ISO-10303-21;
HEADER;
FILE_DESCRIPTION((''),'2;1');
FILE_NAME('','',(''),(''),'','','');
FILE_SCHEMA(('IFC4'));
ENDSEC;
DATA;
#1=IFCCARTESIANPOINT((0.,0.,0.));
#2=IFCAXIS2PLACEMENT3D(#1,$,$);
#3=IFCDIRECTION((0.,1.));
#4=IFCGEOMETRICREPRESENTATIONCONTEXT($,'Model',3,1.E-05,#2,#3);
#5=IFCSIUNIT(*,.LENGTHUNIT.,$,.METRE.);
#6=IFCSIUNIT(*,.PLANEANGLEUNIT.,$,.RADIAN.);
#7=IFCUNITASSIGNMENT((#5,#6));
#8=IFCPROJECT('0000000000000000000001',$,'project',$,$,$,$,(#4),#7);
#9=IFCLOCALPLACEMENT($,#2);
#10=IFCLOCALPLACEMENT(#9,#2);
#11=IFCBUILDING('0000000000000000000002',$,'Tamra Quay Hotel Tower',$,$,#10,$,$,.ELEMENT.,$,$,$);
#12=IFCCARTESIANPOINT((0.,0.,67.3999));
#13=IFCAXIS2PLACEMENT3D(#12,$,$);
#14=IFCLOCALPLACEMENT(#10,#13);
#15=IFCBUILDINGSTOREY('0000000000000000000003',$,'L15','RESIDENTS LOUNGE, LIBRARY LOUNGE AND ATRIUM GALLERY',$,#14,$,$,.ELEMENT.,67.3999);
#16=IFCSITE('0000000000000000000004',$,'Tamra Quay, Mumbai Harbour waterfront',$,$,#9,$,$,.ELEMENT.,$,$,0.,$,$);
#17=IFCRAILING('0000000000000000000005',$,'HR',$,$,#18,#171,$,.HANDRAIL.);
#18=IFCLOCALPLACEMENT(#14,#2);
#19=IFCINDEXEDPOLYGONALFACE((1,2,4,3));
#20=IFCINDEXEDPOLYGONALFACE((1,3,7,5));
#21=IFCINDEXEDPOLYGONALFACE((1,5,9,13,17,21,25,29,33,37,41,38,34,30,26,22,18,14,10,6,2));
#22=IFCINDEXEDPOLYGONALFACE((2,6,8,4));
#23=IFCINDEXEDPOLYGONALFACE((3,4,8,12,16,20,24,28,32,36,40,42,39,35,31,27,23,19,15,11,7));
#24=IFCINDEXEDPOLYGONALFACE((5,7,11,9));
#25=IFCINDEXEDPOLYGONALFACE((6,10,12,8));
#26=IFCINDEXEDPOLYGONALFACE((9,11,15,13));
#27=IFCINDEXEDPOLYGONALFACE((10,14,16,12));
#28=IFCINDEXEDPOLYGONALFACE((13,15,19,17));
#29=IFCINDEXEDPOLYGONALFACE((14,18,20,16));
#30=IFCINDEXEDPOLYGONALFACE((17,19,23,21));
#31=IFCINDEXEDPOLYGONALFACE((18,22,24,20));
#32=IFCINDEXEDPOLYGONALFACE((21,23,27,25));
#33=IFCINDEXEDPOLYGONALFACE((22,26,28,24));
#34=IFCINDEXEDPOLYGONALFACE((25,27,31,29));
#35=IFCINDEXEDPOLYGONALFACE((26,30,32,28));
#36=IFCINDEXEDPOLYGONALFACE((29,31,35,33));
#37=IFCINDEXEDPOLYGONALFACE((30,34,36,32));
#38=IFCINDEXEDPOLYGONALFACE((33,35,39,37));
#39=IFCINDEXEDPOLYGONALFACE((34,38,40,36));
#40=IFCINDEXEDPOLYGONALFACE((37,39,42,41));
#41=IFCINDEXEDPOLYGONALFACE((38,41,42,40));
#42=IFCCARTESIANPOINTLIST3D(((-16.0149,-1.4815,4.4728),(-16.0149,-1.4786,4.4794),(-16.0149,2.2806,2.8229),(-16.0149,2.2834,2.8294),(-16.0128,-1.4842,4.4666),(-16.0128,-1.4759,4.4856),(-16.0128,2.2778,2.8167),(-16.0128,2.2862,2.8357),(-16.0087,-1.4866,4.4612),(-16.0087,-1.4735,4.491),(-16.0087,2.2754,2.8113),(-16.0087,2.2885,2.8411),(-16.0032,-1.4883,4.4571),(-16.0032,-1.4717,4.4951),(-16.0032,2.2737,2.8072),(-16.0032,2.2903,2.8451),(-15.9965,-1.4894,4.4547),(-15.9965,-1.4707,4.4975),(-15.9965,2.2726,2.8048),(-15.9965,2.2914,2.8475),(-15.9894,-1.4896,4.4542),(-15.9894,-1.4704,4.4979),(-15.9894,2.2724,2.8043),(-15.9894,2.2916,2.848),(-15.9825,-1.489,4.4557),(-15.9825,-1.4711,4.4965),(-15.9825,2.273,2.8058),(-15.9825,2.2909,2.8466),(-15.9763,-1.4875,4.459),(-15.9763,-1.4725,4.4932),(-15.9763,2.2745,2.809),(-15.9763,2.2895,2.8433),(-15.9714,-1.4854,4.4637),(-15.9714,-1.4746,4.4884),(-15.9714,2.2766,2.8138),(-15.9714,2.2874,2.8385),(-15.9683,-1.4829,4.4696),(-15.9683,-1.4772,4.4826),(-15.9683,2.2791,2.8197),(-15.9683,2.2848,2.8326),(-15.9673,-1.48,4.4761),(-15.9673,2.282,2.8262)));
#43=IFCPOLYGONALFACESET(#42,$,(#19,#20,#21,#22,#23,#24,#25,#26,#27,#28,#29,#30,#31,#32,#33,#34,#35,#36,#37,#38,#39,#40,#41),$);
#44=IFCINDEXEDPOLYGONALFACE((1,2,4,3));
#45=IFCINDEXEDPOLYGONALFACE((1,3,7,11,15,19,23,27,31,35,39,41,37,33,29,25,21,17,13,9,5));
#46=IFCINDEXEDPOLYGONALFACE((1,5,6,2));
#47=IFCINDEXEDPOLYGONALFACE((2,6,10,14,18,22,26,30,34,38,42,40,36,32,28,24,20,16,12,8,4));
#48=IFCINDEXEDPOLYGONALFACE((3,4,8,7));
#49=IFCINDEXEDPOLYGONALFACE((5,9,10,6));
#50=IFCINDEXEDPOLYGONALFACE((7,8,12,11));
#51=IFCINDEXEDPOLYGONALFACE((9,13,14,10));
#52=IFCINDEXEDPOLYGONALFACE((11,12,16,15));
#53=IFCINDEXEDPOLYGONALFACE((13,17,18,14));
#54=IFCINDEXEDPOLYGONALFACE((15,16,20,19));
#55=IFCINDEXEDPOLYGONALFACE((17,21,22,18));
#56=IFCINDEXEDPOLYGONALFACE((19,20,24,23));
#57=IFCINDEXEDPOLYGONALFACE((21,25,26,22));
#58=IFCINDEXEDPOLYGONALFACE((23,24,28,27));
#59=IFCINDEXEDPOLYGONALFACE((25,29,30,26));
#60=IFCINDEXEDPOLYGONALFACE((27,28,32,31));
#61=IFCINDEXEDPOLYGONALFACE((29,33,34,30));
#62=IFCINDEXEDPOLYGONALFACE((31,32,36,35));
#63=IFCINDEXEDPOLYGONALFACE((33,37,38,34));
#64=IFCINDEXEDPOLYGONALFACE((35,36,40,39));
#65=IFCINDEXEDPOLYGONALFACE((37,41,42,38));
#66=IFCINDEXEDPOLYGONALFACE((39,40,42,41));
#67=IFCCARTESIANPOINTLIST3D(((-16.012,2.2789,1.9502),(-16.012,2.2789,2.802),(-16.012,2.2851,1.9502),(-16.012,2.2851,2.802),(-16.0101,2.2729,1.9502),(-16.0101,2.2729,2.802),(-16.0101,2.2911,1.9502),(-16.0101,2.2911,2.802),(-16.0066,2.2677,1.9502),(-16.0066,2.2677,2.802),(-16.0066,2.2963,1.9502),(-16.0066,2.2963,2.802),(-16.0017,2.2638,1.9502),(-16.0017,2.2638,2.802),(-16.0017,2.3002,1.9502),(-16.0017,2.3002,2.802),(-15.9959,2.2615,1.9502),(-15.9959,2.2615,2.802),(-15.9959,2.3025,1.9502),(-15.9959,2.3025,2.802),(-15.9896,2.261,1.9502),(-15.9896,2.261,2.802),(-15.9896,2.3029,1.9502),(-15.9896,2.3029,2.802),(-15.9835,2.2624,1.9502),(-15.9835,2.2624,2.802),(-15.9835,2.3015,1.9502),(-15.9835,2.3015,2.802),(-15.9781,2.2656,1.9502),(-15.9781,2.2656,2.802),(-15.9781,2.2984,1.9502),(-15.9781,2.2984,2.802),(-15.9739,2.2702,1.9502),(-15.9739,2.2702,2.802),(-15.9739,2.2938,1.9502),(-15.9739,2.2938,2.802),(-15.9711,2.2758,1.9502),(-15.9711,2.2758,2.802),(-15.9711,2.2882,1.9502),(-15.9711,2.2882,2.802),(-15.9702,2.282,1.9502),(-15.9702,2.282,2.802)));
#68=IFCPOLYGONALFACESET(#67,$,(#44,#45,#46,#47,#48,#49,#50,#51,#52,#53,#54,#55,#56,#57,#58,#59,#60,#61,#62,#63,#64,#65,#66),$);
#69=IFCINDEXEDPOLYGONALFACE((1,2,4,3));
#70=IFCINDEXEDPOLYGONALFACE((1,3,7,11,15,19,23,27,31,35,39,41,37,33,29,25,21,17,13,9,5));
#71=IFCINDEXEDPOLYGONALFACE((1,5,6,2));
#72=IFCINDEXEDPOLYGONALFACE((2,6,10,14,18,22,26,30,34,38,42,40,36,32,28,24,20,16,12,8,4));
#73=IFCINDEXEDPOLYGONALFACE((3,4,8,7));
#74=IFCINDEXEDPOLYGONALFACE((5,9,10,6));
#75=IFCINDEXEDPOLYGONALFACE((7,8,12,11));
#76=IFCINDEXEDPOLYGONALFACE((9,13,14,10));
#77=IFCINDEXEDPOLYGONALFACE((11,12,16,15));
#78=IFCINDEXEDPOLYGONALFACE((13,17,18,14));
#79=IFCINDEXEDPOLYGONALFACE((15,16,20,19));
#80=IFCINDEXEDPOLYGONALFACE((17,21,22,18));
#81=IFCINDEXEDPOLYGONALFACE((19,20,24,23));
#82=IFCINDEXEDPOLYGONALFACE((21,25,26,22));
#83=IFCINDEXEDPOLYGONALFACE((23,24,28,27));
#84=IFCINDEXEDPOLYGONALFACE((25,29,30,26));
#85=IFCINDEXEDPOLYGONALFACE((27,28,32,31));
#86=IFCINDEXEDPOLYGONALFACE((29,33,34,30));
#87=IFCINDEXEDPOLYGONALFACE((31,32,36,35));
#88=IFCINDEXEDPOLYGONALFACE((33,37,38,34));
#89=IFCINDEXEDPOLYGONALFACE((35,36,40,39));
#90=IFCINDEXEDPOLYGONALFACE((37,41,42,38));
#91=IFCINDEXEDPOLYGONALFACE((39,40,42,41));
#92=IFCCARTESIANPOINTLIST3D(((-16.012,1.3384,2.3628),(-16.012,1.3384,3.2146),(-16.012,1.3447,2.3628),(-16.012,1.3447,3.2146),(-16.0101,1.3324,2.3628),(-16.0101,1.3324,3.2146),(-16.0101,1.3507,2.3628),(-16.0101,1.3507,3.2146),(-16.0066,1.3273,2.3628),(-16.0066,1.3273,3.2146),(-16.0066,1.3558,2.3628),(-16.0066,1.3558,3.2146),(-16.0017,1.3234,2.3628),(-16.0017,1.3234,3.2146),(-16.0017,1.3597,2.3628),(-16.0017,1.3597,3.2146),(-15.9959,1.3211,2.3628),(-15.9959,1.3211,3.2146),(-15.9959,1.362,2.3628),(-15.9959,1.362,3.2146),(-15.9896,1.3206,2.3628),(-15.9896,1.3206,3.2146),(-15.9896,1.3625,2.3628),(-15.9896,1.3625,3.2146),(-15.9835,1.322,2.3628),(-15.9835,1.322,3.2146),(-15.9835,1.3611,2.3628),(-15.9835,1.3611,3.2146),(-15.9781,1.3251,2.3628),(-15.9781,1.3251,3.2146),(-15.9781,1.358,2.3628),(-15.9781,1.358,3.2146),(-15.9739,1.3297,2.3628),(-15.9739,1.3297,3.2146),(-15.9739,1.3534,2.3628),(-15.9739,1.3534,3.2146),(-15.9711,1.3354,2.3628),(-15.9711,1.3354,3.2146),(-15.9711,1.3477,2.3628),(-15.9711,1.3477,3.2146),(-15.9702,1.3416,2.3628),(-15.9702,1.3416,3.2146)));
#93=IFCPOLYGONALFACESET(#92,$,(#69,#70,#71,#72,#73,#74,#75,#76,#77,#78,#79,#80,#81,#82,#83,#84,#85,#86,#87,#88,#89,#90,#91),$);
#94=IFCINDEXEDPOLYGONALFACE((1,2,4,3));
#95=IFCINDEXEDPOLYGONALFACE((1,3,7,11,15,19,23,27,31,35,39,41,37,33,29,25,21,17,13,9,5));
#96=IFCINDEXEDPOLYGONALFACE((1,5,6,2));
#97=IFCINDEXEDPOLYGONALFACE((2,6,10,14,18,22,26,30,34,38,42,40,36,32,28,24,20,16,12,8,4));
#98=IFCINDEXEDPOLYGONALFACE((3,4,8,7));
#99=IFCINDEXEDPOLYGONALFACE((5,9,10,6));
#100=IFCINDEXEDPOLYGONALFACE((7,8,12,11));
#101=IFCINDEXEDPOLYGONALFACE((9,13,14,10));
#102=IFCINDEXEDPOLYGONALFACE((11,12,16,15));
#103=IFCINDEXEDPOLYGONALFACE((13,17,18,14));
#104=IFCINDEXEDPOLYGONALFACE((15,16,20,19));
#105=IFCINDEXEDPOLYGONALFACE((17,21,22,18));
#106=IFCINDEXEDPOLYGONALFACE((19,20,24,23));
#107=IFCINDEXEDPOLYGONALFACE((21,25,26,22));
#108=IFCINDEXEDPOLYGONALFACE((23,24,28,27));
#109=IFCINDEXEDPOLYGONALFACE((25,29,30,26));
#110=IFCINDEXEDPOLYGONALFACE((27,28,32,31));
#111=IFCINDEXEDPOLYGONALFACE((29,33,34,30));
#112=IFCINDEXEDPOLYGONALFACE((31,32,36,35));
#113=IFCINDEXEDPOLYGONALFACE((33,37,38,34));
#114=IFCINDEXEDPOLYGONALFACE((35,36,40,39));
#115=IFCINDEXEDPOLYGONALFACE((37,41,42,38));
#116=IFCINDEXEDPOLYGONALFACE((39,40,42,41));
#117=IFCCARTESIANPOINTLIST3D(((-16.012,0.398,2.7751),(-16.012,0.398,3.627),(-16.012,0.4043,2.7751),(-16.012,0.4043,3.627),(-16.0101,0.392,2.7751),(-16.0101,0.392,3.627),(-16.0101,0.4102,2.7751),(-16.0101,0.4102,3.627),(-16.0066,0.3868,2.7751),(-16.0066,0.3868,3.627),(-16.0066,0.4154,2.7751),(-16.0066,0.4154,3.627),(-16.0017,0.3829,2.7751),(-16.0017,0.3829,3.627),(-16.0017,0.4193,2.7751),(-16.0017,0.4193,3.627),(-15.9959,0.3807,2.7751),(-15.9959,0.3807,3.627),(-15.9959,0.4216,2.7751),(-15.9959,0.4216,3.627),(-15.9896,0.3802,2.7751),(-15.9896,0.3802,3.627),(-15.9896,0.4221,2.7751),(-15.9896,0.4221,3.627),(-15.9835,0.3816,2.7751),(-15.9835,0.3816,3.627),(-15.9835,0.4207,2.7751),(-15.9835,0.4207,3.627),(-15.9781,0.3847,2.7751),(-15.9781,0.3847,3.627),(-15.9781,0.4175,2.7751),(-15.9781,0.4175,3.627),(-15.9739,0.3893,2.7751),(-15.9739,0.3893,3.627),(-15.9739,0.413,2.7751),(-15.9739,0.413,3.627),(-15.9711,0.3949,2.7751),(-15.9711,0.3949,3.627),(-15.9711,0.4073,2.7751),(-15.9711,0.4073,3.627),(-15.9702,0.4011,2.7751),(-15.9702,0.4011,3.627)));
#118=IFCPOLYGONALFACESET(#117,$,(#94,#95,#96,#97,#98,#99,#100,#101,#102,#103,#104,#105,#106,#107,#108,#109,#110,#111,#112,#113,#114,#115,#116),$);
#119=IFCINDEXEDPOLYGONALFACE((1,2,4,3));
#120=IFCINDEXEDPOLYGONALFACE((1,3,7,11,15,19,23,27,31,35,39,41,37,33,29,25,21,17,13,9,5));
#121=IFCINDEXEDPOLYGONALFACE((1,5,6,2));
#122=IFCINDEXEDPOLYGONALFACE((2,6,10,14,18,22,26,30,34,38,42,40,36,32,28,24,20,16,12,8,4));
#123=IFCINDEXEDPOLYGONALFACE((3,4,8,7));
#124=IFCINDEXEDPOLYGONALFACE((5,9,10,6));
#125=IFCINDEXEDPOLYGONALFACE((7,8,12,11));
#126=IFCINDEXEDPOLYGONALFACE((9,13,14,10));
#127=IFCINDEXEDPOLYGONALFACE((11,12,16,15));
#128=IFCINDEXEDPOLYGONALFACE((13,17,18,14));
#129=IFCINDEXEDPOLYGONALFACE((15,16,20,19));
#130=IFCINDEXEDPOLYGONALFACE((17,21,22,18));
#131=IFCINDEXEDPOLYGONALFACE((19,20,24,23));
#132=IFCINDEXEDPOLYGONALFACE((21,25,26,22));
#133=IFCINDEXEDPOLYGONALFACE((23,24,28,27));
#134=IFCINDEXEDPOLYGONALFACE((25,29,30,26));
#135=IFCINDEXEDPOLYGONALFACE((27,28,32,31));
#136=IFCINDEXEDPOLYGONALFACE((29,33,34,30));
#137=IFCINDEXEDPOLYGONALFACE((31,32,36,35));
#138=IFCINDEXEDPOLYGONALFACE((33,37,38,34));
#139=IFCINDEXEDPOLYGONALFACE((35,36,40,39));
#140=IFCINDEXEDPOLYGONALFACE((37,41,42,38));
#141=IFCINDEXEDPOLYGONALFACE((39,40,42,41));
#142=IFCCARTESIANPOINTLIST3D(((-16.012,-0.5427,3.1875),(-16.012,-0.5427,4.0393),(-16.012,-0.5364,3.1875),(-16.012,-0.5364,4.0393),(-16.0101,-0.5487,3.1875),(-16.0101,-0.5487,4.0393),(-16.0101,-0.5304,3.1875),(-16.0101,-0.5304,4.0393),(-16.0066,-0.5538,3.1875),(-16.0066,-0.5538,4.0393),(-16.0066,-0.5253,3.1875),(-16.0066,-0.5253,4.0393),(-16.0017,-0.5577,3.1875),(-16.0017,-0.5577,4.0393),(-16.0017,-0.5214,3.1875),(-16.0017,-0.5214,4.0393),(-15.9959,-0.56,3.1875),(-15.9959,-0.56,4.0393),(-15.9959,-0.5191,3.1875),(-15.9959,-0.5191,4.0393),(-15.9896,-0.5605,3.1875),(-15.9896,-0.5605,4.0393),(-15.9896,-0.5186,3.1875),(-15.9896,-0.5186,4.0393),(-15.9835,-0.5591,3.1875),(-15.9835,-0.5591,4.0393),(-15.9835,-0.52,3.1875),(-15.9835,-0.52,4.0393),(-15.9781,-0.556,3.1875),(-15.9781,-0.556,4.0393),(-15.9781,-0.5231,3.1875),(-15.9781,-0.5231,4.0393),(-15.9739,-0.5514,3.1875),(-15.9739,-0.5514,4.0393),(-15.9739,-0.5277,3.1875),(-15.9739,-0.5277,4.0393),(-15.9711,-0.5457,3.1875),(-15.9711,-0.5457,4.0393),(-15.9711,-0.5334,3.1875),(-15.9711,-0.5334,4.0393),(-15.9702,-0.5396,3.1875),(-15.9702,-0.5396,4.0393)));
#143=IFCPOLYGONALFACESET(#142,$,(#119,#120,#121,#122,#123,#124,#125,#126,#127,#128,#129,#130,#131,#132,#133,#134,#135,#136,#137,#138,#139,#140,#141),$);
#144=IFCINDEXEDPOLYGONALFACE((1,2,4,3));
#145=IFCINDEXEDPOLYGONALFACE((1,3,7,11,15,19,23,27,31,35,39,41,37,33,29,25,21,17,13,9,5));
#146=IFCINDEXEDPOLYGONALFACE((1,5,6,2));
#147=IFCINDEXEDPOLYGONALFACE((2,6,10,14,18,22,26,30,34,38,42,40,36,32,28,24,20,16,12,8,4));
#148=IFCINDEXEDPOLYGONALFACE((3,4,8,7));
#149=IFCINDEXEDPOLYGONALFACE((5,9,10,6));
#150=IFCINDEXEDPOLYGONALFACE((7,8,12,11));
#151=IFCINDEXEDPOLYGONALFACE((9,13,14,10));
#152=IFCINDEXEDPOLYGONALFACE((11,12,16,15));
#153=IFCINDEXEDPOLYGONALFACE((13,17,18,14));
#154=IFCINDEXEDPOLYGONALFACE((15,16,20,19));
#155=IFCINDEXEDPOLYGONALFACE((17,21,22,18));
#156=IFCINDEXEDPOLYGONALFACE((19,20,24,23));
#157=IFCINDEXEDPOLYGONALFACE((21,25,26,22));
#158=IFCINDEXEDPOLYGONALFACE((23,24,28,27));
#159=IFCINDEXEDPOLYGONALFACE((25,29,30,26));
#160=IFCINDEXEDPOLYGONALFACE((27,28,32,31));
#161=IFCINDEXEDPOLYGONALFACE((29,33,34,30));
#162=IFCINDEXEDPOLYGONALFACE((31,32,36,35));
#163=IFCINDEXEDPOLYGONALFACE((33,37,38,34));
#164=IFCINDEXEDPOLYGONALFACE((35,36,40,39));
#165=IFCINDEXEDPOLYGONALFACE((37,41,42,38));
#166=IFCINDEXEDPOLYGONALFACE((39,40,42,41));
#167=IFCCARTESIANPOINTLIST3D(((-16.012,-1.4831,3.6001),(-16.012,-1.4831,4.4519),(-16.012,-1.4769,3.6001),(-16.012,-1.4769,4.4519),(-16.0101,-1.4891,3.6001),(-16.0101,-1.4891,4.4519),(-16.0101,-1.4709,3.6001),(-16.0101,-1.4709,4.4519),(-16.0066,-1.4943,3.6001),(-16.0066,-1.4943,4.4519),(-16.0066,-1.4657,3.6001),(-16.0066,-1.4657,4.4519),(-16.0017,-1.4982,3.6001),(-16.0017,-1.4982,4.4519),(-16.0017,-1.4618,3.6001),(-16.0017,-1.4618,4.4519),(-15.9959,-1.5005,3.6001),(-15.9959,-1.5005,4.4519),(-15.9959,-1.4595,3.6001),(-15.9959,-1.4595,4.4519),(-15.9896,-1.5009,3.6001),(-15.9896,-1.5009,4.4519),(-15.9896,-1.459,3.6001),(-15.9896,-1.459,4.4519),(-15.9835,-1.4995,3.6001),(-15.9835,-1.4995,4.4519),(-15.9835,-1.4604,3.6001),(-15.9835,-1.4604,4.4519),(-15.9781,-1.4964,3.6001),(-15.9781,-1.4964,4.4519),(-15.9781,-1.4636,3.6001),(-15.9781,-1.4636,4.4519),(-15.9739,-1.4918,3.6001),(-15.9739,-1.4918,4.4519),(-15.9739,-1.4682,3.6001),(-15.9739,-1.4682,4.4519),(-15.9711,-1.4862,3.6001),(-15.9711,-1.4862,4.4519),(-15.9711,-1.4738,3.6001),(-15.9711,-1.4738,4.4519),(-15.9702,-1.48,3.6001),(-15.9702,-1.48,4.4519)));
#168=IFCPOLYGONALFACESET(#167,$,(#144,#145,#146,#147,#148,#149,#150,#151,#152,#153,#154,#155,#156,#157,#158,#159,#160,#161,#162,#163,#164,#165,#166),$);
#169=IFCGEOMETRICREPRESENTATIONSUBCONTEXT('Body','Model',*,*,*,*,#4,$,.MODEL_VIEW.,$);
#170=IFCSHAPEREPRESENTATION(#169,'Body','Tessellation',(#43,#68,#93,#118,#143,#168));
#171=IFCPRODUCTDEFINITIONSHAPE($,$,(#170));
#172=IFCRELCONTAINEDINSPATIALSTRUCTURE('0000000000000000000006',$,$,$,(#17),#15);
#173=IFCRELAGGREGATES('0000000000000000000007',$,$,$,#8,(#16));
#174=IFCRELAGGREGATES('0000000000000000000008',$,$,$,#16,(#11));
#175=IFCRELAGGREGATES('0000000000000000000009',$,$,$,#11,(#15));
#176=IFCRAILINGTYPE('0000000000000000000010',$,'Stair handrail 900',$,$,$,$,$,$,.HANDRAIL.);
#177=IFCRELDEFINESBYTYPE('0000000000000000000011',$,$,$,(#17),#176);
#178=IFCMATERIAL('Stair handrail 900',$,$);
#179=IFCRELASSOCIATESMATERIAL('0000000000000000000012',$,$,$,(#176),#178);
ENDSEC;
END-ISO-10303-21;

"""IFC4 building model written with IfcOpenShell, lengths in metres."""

from ifc_helpers import new_model, si_unit, direction, frame, origin, origin_2d, place, context, subcontext, project, spatial, circle, extrude, material, type_object, element, save


model = new_model("IFC4")

# Units and contexts
model_context = context("Model", 3, precision=1e-05, world=origin(), true_north=direction((0.0, 1.0)))
body_context = subcontext(model_context, "Body", "Model", "MODEL_VIEW")
ifc_project = project(units=[si_unit("LENGTHUNIT", "METRE"), si_unit("PLANEANGLEUNIT", "RADIAN")], contexts=[model_context])

# Site, building, storey
site_placement = place(None, origin())
site = spatial("IfcSite", under=ifc_project, at=site_placement, Name="Tamra Quay, Mumbai Harbour waterfront", CompositionType="ELEMENT", RefElevation=0.0)
building_placement = place(site_placement, origin())
building = spatial("IfcBuilding", under=site, at=building_placement, Name="Tamra Quay Hotel Tower", CompositionType="ELEMENT")
storey_placement = place(building_placement, frame((0.0, 0.0, 67.3999)))
storey = spatial("IfcBuildingStorey", under=building, at=storey_placement, Name="L15", Description="RESIDENTS LOUNGE, LIBRARY LOUNGE AND ATRIUM GALLERY", CompositionType="ELEMENT", Elevation=67.3999)

# Railing
ifc_material_1 = material(Name="Stair handrail 900")
railing_type = type_object("IfcRailingType", Name="Stair handrail 900", PredefinedType="HANDRAIL", material=ifc_material_1)
railing_placement = place(storey_placement, frame((-15.9912, 2.282, 1.9502)))
element("IfcRailing", 1, at=railing_placement, inside=storey, type_object=railing_type, Name="HR", PredefinedType="HANDRAIL", context=body_context, shape_type="SweptSolid", body=[
    extrude(circle(Radius=0.0239, at=origin_2d()), frame((0.0, 0.0, 0.876), z_axis=(0.0, -0.915795, 0.401645), x_axis=(1.0, 0.0, 0.0)), (0.0, 0.0, 1.0), 4.1079),
    extrude(circle(Radius=0.021, at=origin_2d()), origin(), (0.0, 0.0, 1.0), 0.8518),
    extrude(circle(Radius=0.021, at=origin_2d()), frame((0.0, -0.9404, 0.4126)), (0.0, 0.0, 1.0), 0.8518),
    extrude(circle(Radius=0.021, at=origin_2d()), frame((0.0, -1.8809, 0.825)), (0.0, 0.0, 1.0), 0.8518),
    extrude(circle(Radius=0.021, at=origin_2d()), frame((0.0, -2.8215, 1.2373)), (0.0, 0.0, 1.0), 0.8518),
    extrude(circle(Radius=0.021, at=origin_2d()), frame((0.0, -3.762, 1.6499)), (0.0, 0.0, 1.0), 0.8518),
])

save(model, "model.ifc")
